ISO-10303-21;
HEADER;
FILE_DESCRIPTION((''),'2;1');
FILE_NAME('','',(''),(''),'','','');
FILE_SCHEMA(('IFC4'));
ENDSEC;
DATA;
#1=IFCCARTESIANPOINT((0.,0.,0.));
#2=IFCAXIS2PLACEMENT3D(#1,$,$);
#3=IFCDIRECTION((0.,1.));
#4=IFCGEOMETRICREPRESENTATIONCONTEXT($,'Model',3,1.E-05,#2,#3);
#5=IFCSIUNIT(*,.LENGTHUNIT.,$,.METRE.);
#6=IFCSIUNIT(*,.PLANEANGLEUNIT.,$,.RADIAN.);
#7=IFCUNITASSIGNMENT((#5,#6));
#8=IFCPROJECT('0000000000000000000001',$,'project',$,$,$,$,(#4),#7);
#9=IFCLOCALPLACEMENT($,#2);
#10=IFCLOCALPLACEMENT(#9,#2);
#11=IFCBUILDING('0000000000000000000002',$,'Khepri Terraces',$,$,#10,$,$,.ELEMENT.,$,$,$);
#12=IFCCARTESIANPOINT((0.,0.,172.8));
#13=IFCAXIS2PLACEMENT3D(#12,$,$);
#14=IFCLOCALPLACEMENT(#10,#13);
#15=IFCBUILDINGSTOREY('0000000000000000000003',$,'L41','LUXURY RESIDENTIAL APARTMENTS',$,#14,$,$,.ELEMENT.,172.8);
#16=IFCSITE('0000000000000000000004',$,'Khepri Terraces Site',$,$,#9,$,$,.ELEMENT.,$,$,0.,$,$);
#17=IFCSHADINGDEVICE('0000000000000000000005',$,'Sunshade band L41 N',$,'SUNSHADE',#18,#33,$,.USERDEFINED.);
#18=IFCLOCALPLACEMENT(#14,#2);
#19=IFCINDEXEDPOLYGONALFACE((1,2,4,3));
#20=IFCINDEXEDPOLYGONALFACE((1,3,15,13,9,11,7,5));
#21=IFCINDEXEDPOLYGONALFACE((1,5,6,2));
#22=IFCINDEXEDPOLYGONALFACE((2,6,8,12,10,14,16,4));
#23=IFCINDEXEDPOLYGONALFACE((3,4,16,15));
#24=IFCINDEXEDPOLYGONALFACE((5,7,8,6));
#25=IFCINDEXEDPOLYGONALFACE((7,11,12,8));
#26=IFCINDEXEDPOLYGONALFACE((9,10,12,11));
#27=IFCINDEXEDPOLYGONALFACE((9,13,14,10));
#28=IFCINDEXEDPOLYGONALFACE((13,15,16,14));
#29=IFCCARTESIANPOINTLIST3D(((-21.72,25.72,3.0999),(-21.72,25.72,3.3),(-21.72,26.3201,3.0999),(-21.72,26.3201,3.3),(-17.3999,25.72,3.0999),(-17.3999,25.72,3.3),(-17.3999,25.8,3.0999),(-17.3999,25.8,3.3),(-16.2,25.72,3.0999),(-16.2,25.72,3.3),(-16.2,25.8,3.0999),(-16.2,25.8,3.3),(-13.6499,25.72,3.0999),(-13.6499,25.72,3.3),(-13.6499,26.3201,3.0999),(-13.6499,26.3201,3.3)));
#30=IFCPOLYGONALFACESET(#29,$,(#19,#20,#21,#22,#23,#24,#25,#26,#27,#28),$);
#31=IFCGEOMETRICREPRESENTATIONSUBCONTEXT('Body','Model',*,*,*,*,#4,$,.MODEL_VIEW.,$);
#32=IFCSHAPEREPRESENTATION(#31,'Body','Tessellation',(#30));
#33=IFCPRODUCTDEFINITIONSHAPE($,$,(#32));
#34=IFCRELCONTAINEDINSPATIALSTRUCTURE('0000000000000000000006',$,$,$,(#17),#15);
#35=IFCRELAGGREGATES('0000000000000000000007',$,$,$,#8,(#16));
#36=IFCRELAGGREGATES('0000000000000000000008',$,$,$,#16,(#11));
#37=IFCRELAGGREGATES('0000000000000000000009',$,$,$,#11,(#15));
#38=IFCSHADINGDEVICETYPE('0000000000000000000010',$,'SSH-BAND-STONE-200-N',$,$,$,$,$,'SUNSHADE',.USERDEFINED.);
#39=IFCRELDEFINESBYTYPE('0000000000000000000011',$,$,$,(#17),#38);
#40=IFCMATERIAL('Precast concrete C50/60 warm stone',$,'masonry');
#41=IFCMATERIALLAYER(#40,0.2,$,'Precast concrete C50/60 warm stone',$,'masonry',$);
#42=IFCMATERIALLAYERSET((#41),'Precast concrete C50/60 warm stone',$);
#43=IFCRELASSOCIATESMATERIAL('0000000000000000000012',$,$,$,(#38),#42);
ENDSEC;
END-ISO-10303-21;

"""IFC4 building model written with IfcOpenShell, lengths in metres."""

from ifc_helpers import new_model, si_unit, direction, frame, origin, place, context, subcontext, project, spatial, polyline, outline, extrude, material, layer, layer_set, type_object, element, save


model = new_model("IFC4")

# Units and contexts
model_context = context("Model", 3, precision=1e-05, world=origin(), true_north=direction((0.0, 1.0)))
body_context = subcontext(model_context, "Body", "Model", "MODEL_VIEW")
ifc_project = project(units=[si_unit("LENGTHUNIT", "METRE"), si_unit("PLANEANGLEUNIT", "RADIAN")], contexts=[model_context])

# Site, building, storey
site_placement = place(None, origin())
site = spatial("IfcSite", under=ifc_project, at=site_placement, Name="Khepri Terraces Site", CompositionType="ELEMENT", RefElevation=0.0)
building_placement = place(site_placement, origin())
building = spatial("IfcBuilding", under=site, at=building_placement, Name="Khepri Terraces", CompositionType="ELEMENT")
storey_placement = place(building_placement, frame((0.0, 0.0, 172.8)))
storey = spatial("IfcBuildingStorey", under=building, at=storey_placement, Name="L41", Description="LUXURY RESIDENTIAL APARTMENTS", CompositionType="ELEMENT", Elevation=172.8)

# Shading device
ifc_material_1 = material(Name="Precast concrete C50/60 warm stone", Category="masonry")
ifc_layer_1 = layer(ifc_material_1, 0.2, Name="Precast concrete C50/60 warm stone", Category="masonry")
ifc_layer_set_1 = layer_set([ifc_layer_1], Name="Precast concrete C50/60 warm stone")
shading_device_type_1 = type_object("IfcShadingDeviceType", Name="SSH-BAND-STONE-200-N", ElementType="SUNSHADE", PredefinedType="USERDEFINED", material=ifc_layer_set_1)
shading_device_1_placement = place(storey_placement, frame((0.0, 0.0, 3.0999)))
element("IfcShadingDevice", 1, at=shading_device_1_placement, inside=storey, type_object=shading_device_type_1, Name="Sunshade band L41 N", ObjectType="SUNSHADE", PredefinedType="USERDEFINED", context=body_context, shape_type="SweptSolid", body=[
    extrude(outline(polyline([(-16.2, 25.72), (-13.6499, 25.72), (-13.6499, 26.3201), (-21.72, 26.3201), (-21.72, 25.72), (-17.3999, 25.72), (-17.3999, 25.8), (-16.2, 25.8), (-16.2, 25.72)])), origin(), (0.0, 0.0, 1.0), 0.2002),
])

save(model, "model.ifc")
